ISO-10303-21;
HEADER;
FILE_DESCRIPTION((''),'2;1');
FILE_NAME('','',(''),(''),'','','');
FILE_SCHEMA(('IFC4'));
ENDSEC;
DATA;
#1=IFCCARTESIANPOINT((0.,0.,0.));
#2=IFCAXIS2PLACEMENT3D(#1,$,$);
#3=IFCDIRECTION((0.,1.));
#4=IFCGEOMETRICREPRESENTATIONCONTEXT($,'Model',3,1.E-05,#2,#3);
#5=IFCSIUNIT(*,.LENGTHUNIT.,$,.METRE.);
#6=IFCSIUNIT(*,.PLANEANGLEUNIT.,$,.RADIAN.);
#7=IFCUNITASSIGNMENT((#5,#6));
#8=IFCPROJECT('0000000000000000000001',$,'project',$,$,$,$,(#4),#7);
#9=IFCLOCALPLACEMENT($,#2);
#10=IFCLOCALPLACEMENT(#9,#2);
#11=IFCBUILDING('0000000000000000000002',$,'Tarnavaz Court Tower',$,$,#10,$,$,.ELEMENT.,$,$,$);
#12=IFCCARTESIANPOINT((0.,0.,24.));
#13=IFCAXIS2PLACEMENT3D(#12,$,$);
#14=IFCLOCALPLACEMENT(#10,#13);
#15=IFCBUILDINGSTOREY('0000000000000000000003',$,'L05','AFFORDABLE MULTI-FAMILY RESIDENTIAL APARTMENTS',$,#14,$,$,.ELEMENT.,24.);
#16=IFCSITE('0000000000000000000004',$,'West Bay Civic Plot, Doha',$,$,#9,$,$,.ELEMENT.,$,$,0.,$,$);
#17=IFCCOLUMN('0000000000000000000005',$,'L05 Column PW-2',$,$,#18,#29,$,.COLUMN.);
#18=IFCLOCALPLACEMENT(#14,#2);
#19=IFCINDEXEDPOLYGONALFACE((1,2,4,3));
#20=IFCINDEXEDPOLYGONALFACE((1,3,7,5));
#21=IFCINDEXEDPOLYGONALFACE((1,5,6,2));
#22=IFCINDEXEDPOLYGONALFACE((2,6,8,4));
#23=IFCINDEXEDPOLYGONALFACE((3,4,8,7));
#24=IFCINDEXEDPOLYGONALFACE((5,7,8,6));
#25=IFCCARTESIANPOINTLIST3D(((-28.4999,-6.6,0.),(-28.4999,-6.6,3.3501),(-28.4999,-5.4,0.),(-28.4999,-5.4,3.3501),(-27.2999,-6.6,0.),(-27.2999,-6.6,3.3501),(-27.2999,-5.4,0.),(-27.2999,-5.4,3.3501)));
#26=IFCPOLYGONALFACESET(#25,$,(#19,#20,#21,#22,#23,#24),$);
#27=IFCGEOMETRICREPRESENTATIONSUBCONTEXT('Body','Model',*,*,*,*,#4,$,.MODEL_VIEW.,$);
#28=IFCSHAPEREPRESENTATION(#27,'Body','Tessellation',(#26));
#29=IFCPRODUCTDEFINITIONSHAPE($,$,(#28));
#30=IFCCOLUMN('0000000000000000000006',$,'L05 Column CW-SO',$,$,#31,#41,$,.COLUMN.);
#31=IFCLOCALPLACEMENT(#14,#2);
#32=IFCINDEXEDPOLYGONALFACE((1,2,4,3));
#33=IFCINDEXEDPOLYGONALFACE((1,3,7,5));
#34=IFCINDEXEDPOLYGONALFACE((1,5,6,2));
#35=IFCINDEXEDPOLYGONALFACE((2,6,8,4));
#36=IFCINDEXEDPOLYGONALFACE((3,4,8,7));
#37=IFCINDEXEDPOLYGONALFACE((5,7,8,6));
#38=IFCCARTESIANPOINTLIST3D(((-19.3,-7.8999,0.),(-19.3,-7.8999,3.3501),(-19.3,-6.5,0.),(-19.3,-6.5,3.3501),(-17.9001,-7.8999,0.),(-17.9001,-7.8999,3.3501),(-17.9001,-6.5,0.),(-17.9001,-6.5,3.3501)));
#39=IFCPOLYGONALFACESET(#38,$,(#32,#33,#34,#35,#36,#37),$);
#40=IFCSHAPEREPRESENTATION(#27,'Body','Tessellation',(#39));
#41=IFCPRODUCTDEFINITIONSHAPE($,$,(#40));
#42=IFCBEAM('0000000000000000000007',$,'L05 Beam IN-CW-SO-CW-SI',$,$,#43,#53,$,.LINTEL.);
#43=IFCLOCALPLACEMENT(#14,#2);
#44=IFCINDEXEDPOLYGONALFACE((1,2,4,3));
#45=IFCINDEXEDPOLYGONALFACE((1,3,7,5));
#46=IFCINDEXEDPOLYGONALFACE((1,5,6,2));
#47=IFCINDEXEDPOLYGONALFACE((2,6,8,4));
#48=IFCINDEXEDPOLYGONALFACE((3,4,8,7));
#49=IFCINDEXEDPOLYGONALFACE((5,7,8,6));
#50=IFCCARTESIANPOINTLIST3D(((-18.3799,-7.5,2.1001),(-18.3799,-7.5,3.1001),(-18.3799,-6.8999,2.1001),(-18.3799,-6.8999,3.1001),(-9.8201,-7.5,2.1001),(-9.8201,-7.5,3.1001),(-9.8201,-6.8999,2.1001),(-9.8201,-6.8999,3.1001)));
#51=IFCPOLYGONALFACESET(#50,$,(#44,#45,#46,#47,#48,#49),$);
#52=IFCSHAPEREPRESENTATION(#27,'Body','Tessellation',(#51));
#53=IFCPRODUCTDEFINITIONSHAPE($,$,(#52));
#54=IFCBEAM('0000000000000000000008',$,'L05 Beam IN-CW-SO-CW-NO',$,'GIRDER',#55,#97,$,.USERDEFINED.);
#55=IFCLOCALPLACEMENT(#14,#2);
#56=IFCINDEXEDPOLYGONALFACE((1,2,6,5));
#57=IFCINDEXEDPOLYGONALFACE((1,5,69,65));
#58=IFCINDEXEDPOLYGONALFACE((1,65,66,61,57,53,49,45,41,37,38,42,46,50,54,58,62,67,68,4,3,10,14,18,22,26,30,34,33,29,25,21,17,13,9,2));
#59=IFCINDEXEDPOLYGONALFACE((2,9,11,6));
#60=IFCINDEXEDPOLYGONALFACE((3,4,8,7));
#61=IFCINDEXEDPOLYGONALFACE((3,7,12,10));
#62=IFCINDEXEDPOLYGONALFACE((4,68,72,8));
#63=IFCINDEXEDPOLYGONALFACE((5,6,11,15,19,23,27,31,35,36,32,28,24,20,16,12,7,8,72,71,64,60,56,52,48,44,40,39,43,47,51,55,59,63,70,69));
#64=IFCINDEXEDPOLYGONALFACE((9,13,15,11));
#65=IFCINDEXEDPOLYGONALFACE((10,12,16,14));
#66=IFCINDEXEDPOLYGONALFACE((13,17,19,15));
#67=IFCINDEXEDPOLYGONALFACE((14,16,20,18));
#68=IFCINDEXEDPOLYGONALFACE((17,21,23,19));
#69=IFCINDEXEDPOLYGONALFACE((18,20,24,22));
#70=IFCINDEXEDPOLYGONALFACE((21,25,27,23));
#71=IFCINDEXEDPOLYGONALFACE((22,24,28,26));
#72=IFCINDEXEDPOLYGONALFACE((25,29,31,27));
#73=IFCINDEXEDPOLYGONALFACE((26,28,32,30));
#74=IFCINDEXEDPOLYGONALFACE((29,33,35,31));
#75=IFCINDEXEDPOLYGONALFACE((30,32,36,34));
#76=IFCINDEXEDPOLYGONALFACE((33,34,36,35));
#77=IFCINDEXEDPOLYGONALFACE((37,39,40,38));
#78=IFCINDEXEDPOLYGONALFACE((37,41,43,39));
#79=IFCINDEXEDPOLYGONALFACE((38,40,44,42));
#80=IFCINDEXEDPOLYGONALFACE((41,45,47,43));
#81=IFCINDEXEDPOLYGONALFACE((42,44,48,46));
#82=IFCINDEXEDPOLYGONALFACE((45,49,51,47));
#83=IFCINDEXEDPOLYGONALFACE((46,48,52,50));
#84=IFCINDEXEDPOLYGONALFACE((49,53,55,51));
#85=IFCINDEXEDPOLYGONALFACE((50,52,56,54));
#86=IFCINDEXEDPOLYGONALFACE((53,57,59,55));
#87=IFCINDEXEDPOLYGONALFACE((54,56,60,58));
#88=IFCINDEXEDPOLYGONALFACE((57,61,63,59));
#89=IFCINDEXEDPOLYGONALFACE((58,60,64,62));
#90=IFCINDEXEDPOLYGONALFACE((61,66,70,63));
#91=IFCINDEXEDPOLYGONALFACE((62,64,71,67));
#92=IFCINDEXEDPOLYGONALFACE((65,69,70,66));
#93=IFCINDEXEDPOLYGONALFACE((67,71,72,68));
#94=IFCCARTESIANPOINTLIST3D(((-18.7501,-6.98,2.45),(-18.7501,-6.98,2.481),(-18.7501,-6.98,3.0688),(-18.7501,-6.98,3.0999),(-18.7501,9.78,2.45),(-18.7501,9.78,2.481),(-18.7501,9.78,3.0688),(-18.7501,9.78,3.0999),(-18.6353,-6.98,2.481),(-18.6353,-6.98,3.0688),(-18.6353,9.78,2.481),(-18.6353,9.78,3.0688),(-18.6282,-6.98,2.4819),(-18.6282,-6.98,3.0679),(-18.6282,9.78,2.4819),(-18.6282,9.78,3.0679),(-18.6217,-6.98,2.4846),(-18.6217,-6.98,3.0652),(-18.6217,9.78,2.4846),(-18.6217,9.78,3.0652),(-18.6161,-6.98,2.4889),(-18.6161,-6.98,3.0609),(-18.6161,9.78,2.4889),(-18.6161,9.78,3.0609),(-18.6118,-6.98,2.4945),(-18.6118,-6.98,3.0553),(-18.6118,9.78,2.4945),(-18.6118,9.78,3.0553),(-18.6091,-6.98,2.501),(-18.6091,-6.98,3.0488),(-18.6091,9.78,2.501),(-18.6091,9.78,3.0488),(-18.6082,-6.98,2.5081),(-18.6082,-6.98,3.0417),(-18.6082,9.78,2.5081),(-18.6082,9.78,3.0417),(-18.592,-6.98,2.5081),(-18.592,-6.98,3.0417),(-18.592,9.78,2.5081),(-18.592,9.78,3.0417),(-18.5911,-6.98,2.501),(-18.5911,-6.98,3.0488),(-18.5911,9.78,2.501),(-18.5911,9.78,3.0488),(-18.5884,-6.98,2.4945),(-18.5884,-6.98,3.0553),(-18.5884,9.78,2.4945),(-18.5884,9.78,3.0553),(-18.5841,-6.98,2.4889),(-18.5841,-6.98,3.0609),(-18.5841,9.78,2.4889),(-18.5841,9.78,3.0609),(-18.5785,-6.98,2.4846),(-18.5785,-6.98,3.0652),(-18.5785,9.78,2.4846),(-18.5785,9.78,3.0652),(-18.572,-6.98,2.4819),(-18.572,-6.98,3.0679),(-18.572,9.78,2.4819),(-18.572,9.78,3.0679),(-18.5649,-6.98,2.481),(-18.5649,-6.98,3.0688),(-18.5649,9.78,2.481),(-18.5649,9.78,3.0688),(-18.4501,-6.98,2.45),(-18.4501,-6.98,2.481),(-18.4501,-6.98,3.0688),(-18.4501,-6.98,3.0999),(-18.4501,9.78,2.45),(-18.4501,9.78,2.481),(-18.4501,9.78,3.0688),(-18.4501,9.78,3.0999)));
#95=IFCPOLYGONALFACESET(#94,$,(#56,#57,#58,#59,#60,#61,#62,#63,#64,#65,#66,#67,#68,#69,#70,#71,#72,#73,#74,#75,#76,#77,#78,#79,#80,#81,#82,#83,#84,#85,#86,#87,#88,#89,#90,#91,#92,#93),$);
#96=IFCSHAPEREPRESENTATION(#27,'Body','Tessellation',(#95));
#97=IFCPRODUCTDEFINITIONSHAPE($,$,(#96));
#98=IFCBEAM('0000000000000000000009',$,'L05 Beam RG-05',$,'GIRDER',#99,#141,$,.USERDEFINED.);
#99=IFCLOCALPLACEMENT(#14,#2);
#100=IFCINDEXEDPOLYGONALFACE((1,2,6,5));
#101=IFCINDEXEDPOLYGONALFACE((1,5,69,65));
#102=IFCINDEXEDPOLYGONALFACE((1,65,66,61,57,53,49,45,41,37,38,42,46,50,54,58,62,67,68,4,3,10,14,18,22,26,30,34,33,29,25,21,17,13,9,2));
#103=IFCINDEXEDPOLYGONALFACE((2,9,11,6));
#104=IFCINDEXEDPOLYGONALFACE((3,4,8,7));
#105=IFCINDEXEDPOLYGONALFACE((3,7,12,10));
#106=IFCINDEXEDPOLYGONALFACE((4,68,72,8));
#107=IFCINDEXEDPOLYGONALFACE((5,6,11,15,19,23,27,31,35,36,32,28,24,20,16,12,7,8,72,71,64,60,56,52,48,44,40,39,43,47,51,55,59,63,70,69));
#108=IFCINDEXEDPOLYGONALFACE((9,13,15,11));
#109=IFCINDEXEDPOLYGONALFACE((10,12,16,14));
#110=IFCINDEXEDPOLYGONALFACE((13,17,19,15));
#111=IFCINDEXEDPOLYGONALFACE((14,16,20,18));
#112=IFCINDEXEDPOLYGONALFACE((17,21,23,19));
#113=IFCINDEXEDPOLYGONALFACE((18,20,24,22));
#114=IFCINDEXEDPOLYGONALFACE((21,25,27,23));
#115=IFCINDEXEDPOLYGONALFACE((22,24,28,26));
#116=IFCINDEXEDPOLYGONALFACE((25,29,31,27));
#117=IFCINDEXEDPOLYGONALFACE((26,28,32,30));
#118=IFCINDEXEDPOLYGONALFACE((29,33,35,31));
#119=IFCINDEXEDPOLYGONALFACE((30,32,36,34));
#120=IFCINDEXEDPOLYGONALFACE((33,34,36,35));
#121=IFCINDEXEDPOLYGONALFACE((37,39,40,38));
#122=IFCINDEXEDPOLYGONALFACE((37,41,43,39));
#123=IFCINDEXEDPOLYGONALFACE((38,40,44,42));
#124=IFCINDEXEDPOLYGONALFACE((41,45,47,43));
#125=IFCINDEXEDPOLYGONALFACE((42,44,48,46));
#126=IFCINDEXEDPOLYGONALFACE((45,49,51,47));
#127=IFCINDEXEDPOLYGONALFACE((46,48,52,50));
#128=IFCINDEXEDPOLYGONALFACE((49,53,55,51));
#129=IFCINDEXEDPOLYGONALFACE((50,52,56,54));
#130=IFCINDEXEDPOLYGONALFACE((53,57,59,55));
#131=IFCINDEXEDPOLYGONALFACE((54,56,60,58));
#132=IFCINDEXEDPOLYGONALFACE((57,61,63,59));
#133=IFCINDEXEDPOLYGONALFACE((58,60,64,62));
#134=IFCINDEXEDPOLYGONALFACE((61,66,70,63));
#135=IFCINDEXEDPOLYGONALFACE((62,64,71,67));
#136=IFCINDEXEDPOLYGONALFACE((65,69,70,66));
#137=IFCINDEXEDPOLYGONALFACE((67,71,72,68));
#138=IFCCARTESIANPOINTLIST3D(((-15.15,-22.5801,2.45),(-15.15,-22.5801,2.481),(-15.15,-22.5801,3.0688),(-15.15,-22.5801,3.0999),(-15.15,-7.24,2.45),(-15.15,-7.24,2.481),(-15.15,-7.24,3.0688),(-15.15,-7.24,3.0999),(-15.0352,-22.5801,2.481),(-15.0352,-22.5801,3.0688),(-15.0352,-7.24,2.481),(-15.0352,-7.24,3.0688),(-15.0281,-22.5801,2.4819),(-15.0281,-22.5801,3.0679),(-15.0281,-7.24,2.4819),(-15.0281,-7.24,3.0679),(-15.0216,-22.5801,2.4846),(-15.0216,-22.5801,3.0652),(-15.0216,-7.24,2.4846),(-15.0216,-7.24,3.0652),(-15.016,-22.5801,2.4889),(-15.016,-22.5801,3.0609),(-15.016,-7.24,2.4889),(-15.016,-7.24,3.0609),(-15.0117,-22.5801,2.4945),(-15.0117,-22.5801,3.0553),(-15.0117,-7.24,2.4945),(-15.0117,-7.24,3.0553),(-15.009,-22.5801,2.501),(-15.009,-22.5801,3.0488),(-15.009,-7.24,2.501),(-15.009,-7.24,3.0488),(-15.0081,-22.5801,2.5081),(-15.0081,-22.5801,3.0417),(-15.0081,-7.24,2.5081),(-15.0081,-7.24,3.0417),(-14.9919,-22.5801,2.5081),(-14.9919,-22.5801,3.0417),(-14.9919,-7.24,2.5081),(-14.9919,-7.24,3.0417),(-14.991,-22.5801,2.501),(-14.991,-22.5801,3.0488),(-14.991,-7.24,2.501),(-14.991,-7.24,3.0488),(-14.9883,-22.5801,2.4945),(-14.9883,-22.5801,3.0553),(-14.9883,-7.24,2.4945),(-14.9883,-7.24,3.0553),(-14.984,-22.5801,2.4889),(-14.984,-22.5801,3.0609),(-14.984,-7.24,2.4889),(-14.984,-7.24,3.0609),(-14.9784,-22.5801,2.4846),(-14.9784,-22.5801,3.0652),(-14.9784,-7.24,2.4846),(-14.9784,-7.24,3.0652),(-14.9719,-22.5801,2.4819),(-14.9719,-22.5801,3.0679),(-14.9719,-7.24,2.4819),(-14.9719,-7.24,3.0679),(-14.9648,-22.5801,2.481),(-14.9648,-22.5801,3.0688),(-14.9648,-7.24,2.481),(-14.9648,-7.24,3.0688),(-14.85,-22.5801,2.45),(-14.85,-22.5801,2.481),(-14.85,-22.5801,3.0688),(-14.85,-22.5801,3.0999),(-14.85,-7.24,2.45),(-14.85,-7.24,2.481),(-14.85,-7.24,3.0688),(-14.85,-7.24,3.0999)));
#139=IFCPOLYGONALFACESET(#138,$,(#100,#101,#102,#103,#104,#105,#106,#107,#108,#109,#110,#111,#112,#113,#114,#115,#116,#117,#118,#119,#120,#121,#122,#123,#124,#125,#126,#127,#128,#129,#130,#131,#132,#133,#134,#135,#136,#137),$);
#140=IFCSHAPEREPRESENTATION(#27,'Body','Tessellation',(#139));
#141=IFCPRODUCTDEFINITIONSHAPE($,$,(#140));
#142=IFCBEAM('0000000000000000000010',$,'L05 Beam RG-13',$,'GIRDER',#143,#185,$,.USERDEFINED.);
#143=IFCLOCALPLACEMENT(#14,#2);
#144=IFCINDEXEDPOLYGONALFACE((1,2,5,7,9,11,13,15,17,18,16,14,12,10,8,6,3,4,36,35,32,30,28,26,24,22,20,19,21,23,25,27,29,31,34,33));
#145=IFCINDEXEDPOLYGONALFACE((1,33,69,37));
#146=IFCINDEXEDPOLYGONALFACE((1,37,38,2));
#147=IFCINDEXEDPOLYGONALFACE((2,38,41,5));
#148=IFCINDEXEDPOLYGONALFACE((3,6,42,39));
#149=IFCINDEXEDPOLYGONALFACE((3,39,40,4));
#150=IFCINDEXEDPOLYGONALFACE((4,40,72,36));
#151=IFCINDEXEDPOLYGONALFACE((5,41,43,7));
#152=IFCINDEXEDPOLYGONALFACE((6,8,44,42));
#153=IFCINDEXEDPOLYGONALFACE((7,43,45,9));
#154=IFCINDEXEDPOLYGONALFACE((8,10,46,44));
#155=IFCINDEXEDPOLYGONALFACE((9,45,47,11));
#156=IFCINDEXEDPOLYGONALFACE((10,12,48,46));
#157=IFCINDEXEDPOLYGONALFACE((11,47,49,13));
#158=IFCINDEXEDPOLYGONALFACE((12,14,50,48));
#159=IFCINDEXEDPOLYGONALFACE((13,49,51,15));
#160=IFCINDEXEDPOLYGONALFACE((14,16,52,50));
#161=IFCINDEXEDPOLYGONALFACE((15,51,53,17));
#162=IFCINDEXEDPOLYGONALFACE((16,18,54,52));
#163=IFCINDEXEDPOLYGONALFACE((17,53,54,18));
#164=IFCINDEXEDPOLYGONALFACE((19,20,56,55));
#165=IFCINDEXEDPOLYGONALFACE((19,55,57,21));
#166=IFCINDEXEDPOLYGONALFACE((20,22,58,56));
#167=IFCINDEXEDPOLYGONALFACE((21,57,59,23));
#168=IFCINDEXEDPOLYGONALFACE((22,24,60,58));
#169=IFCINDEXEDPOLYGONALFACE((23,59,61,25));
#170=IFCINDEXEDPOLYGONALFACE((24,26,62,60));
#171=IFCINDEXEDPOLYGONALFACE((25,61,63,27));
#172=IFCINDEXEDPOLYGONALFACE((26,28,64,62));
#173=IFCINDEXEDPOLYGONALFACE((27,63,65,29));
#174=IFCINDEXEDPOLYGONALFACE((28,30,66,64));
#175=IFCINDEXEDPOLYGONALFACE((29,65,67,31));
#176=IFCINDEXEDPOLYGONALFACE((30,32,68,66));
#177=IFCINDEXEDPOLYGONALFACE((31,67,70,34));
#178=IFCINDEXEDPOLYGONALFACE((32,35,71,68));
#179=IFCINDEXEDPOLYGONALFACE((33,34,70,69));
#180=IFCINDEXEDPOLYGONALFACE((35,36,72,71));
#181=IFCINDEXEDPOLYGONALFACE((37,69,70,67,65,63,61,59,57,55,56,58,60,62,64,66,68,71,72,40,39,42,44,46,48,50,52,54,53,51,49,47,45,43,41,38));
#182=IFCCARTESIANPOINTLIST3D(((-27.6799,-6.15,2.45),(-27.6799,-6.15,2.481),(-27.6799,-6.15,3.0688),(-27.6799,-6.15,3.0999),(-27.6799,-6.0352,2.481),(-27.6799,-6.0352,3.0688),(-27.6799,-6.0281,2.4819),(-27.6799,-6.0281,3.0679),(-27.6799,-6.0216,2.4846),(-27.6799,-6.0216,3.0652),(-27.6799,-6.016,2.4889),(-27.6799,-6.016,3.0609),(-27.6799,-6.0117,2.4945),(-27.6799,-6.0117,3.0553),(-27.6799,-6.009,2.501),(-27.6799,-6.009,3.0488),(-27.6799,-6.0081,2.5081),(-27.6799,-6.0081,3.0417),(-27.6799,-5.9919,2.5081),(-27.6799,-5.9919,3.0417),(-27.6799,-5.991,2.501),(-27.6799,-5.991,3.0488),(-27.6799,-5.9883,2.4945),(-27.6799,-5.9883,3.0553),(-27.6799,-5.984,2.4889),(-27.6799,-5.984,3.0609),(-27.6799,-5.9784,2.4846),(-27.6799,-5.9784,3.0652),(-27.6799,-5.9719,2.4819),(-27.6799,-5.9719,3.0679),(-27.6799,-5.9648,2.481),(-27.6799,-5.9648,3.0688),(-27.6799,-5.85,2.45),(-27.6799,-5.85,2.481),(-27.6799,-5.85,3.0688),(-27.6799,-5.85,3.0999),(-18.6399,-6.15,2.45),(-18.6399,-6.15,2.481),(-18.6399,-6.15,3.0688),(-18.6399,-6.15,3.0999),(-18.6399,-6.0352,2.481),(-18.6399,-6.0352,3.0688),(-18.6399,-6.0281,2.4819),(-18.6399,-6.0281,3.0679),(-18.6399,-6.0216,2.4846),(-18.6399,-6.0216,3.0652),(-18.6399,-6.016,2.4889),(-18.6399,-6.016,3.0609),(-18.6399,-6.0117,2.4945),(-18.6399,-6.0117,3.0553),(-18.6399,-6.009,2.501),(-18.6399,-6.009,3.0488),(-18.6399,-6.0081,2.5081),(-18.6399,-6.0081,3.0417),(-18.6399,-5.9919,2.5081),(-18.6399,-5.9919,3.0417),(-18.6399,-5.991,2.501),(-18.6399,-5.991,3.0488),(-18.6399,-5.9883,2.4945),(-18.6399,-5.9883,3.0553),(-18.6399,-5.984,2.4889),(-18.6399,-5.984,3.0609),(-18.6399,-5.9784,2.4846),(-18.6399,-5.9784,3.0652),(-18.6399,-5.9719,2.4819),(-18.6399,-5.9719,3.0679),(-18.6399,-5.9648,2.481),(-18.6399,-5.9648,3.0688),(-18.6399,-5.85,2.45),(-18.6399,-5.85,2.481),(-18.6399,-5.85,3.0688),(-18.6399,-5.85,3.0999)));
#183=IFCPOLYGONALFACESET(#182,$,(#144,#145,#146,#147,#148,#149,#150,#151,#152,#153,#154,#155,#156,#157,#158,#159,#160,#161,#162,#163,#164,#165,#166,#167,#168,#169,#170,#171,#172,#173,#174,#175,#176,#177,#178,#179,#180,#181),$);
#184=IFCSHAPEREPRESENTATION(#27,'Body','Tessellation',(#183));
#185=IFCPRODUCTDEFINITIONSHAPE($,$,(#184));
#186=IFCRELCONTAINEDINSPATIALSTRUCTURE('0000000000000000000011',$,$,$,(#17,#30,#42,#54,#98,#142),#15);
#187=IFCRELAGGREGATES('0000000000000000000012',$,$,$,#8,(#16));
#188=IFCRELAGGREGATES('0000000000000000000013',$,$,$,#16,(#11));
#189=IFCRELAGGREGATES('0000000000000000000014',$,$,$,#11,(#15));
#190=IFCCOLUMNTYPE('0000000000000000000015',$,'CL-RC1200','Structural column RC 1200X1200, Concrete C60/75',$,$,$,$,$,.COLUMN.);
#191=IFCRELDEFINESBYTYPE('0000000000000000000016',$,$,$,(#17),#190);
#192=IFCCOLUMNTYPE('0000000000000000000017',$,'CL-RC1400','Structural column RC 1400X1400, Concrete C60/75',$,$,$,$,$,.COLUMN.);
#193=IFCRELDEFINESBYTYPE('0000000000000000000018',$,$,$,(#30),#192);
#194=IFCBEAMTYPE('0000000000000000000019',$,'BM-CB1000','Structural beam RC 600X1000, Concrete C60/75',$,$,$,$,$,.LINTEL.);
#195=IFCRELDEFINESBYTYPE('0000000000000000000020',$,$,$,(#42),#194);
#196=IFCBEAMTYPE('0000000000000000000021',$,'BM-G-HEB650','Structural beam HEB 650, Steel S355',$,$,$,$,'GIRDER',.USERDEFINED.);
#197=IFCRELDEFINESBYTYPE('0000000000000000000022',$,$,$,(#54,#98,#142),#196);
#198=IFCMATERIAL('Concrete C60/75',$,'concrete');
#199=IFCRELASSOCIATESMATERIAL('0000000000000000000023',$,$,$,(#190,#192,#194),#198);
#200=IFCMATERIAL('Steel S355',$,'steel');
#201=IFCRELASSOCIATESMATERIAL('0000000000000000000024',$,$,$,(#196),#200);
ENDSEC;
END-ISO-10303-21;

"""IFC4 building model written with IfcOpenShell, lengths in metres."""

from ifc_helpers import new_model, si_unit, direction, frame, origin, origin_2d, place, context, subcontext, project, spatial, rectangle, i_section, extrude, material, material_profile, profile_set, type_object, element, save


model = new_model("IFC4")

# Units and contexts
model_context = context("Model", 3, precision=1e-05, world=origin(), true_north=direction((0.0, 1.0)))
body_context = subcontext(model_context, "Body", "Model", "MODEL_VIEW")
ifc_project = project(units=[si_unit("LENGTHUNIT", "METRE"), si_unit("PLANEANGLEUNIT", "RADIAN")], contexts=[model_context])

# Site, building, storey
site_placement = place(None, origin())
site = spatial("IfcSite", under=ifc_project, at=site_placement, Name="West Bay Civic Plot, Doha", CompositionType="ELEMENT", RefElevation=0.0)
building_placement = place(site_placement, origin())
building = spatial("IfcBuilding", under=site, at=building_placement, Name="Tarnavaz Court Tower", CompositionType="ELEMENT")
storey_placement = place(building_placement, frame((0.0, 0.0, 24.0)))
storey = spatial("IfcBuildingStorey", under=building, at=storey_placement, Name="L05", Description="AFFORDABLE MULTI-FAMILY RESIDENTIAL APARTMENTS", CompositionType="ELEMENT", Elevation=24.0)

# Columns
ifc_material_1 = material(Name="Concrete C60/75", Category="concrete")
ifc_material_profile_1 = material_profile(ifc_material_1, rectangle(XDim=1.2, YDim=1.2, at=origin_2d()), Name="RC 1200X1200")
ifc_profile_set_1 = profile_set([ifc_material_profile_1], Name="Concrete C60/75")
column_type_1 = type_object("IfcColumnType", Name="CL-RC1200", Description="Structural column RC 1200X1200, Concrete C60/75", PredefinedType="COLUMN", material=ifc_profile_set_1)
column_1_placement = place(storey_placement, frame((-27.8999, -6.0, 0.0), z_axis=(0.0, 0.0, 1.0), x_axis=(1.0, 0.0, 0.0)))
element("IfcColumn", 1, at=column_1_placement, inside=storey, type_object=column_type_1, Name="L05 Column PW-2", PredefinedType="COLUMN", context=body_context, shape_type="SweptSolid", body=[
    extrude(rectangle(XDim=1.2, YDim=1.2, at=origin_2d()), origin(), (0.0, 0.0, 1.0), 3.3501),
])
ifc_material_profile_2 = material_profile(ifc_material_1, rectangle(XDim=1.3999, YDim=1.3999, at=origin_2d()), Name="RC 1400X1400")
ifc_profile_set_2 = profile_set([ifc_material_profile_2], Name="Concrete C60/75")
column_type_2 = type_object("IfcColumnType", Name="CL-RC1400", Description="Structural column RC 1400X1400, Concrete C60/75", PredefinedType="COLUMN", material=ifc_profile_set_2)
column_2_placement = place(storey_placement, frame((-18.6001, -7.2, 0.0), z_axis=(0.0, 0.0, 1.0), x_axis=(1.0, 0.0, 0.0)))
element("IfcColumn", 2, at=column_2_placement, inside=storey, type_object=column_type_2, Name="L05 Column CW-SO", PredefinedType="COLUMN", context=body_context, shape_type="SweptSolid", body=[
    extrude(rectangle(XDim=1.3999, YDim=1.3999, at=origin_2d()), origin(), (0.0, 0.0, 1.0), 3.3501),
])

# Beams
ifc_material_profile_3 = material_profile(ifc_material_1, rectangle(XDim=0.6001, YDim=1.0, at=origin_2d()), Name="RC 600X1000")
ifc_profile_set_3 = profile_set([ifc_material_profile_3], Name="Concrete C60/75")
beam_type_1 = type_object("IfcBeamType", Name="BM-CB1000", Description="Structural beam RC 600X1000, Concrete C60/75", PredefinedType="LINTEL", material=ifc_profile_set_3)
beam_1_placement = place(storey_placement, frame((-18.3799, -7.2, 2.6001), z_axis=(1.0, 0.0, 0.0), x_axis=(0.0, 1.0, 0.0)))
element("IfcBeam", 3, at=beam_1_placement, inside=storey, type_object=beam_type_1, Name="L05 Beam IN-CW-SO-CW-SI", PredefinedType="LINTEL", context=body_context, shape_type="SweptSolid", body=[
    extrude(rectangle(XDim=0.6001, YDim=1.0, at=origin_2d()), origin(), (0.0, 0.0, 1.0), 8.5598),
])
ifc_material_2 = material(Name="Steel S355", Category="steel")
ifc_material_profile_4 = material_profile(ifc_material_2, i_section(OverallWidth=0.3, OverallDepth=0.6499, WebThickness=0.0161, FlangeThickness=0.031, FilletRadius=0.0271, at=origin_2d()), Name="HEB 650")
ifc_profile_set_4 = profile_set([ifc_material_profile_4], Name="Steel S355")
beam_type_2 = type_object("IfcBeamType", Name="BM-G-HEB650", Description="Structural beam HEB 650, Steel S355", ElementType="GIRDER", PredefinedType="USERDEFINED", material=ifc_profile_set_4)
beam_2_placement = place(storey_placement, frame((-18.6001, -6.98, 2.7749), z_axis=(0.0, 1.0, 0.0), x_axis=(-1.0, 0.0, 0.0)))
element("IfcBeam", 4, at=beam_2_placement, inside=storey, type_object=beam_type_2, Name="L05 Beam IN-CW-SO-CW-NO", ObjectType="GIRDER", PredefinedType="USERDEFINED", context=body_context, shape_type="SweptSolid", body=[
    extrude(i_section(OverallWidth=0.3, OverallDepth=0.6499, WebThickness=0.0161, FlangeThickness=0.031, FilletRadius=0.0271, at=origin_2d()), origin(), (0.0, 0.0, 1.0), 16.76),
])
beam_3_placement = place(storey_placement, frame((-15.0, -7.24, 2.7749), z_axis=(0.0, -1.0, 0.0), x_axis=(1.0, 0.0, 0.0)))
element("IfcBeam", 5, at=beam_3_placement, inside=storey, type_object=beam_type_2, Name="L05 Beam RG-05", ObjectType="GIRDER", PredefinedType="USERDEFINED", context=body_context, shape_type="SweptSolid", body=[
    extrude(i_section(OverallWidth=0.3, OverallDepth=0.6499, WebThickness=0.0161, FlangeThickness=0.031, FilletRadius=0.0271, at=origin_2d()), origin(), (0.0, 0.0, 1.0), 15.3401),
])
beam_4_placement = place(storey_placement, frame((-18.6399, -6.0, 2.7749), z_axis=(-1.0, 0.0, 0.0), x_axis=(0.0, -1.0, 0.0)))
element("IfcBeam", 6, at=beam_4_placement, inside=storey, type_object=beam_type_2, Name="L05 Beam RG-13", ObjectType="GIRDER", PredefinedType="USERDEFINED", context=body_context, shape_type="SweptSolid", body=[
    extrude(i_section(OverallWidth=0.3, OverallDepth=0.6499, WebThickness=0.0161, FlangeThickness=0.031, FilletRadius=0.0271, at=origin_2d()), origin(), (0.0, 0.0, 1.0), 9.04),
])

save(model, "model.ifc")
